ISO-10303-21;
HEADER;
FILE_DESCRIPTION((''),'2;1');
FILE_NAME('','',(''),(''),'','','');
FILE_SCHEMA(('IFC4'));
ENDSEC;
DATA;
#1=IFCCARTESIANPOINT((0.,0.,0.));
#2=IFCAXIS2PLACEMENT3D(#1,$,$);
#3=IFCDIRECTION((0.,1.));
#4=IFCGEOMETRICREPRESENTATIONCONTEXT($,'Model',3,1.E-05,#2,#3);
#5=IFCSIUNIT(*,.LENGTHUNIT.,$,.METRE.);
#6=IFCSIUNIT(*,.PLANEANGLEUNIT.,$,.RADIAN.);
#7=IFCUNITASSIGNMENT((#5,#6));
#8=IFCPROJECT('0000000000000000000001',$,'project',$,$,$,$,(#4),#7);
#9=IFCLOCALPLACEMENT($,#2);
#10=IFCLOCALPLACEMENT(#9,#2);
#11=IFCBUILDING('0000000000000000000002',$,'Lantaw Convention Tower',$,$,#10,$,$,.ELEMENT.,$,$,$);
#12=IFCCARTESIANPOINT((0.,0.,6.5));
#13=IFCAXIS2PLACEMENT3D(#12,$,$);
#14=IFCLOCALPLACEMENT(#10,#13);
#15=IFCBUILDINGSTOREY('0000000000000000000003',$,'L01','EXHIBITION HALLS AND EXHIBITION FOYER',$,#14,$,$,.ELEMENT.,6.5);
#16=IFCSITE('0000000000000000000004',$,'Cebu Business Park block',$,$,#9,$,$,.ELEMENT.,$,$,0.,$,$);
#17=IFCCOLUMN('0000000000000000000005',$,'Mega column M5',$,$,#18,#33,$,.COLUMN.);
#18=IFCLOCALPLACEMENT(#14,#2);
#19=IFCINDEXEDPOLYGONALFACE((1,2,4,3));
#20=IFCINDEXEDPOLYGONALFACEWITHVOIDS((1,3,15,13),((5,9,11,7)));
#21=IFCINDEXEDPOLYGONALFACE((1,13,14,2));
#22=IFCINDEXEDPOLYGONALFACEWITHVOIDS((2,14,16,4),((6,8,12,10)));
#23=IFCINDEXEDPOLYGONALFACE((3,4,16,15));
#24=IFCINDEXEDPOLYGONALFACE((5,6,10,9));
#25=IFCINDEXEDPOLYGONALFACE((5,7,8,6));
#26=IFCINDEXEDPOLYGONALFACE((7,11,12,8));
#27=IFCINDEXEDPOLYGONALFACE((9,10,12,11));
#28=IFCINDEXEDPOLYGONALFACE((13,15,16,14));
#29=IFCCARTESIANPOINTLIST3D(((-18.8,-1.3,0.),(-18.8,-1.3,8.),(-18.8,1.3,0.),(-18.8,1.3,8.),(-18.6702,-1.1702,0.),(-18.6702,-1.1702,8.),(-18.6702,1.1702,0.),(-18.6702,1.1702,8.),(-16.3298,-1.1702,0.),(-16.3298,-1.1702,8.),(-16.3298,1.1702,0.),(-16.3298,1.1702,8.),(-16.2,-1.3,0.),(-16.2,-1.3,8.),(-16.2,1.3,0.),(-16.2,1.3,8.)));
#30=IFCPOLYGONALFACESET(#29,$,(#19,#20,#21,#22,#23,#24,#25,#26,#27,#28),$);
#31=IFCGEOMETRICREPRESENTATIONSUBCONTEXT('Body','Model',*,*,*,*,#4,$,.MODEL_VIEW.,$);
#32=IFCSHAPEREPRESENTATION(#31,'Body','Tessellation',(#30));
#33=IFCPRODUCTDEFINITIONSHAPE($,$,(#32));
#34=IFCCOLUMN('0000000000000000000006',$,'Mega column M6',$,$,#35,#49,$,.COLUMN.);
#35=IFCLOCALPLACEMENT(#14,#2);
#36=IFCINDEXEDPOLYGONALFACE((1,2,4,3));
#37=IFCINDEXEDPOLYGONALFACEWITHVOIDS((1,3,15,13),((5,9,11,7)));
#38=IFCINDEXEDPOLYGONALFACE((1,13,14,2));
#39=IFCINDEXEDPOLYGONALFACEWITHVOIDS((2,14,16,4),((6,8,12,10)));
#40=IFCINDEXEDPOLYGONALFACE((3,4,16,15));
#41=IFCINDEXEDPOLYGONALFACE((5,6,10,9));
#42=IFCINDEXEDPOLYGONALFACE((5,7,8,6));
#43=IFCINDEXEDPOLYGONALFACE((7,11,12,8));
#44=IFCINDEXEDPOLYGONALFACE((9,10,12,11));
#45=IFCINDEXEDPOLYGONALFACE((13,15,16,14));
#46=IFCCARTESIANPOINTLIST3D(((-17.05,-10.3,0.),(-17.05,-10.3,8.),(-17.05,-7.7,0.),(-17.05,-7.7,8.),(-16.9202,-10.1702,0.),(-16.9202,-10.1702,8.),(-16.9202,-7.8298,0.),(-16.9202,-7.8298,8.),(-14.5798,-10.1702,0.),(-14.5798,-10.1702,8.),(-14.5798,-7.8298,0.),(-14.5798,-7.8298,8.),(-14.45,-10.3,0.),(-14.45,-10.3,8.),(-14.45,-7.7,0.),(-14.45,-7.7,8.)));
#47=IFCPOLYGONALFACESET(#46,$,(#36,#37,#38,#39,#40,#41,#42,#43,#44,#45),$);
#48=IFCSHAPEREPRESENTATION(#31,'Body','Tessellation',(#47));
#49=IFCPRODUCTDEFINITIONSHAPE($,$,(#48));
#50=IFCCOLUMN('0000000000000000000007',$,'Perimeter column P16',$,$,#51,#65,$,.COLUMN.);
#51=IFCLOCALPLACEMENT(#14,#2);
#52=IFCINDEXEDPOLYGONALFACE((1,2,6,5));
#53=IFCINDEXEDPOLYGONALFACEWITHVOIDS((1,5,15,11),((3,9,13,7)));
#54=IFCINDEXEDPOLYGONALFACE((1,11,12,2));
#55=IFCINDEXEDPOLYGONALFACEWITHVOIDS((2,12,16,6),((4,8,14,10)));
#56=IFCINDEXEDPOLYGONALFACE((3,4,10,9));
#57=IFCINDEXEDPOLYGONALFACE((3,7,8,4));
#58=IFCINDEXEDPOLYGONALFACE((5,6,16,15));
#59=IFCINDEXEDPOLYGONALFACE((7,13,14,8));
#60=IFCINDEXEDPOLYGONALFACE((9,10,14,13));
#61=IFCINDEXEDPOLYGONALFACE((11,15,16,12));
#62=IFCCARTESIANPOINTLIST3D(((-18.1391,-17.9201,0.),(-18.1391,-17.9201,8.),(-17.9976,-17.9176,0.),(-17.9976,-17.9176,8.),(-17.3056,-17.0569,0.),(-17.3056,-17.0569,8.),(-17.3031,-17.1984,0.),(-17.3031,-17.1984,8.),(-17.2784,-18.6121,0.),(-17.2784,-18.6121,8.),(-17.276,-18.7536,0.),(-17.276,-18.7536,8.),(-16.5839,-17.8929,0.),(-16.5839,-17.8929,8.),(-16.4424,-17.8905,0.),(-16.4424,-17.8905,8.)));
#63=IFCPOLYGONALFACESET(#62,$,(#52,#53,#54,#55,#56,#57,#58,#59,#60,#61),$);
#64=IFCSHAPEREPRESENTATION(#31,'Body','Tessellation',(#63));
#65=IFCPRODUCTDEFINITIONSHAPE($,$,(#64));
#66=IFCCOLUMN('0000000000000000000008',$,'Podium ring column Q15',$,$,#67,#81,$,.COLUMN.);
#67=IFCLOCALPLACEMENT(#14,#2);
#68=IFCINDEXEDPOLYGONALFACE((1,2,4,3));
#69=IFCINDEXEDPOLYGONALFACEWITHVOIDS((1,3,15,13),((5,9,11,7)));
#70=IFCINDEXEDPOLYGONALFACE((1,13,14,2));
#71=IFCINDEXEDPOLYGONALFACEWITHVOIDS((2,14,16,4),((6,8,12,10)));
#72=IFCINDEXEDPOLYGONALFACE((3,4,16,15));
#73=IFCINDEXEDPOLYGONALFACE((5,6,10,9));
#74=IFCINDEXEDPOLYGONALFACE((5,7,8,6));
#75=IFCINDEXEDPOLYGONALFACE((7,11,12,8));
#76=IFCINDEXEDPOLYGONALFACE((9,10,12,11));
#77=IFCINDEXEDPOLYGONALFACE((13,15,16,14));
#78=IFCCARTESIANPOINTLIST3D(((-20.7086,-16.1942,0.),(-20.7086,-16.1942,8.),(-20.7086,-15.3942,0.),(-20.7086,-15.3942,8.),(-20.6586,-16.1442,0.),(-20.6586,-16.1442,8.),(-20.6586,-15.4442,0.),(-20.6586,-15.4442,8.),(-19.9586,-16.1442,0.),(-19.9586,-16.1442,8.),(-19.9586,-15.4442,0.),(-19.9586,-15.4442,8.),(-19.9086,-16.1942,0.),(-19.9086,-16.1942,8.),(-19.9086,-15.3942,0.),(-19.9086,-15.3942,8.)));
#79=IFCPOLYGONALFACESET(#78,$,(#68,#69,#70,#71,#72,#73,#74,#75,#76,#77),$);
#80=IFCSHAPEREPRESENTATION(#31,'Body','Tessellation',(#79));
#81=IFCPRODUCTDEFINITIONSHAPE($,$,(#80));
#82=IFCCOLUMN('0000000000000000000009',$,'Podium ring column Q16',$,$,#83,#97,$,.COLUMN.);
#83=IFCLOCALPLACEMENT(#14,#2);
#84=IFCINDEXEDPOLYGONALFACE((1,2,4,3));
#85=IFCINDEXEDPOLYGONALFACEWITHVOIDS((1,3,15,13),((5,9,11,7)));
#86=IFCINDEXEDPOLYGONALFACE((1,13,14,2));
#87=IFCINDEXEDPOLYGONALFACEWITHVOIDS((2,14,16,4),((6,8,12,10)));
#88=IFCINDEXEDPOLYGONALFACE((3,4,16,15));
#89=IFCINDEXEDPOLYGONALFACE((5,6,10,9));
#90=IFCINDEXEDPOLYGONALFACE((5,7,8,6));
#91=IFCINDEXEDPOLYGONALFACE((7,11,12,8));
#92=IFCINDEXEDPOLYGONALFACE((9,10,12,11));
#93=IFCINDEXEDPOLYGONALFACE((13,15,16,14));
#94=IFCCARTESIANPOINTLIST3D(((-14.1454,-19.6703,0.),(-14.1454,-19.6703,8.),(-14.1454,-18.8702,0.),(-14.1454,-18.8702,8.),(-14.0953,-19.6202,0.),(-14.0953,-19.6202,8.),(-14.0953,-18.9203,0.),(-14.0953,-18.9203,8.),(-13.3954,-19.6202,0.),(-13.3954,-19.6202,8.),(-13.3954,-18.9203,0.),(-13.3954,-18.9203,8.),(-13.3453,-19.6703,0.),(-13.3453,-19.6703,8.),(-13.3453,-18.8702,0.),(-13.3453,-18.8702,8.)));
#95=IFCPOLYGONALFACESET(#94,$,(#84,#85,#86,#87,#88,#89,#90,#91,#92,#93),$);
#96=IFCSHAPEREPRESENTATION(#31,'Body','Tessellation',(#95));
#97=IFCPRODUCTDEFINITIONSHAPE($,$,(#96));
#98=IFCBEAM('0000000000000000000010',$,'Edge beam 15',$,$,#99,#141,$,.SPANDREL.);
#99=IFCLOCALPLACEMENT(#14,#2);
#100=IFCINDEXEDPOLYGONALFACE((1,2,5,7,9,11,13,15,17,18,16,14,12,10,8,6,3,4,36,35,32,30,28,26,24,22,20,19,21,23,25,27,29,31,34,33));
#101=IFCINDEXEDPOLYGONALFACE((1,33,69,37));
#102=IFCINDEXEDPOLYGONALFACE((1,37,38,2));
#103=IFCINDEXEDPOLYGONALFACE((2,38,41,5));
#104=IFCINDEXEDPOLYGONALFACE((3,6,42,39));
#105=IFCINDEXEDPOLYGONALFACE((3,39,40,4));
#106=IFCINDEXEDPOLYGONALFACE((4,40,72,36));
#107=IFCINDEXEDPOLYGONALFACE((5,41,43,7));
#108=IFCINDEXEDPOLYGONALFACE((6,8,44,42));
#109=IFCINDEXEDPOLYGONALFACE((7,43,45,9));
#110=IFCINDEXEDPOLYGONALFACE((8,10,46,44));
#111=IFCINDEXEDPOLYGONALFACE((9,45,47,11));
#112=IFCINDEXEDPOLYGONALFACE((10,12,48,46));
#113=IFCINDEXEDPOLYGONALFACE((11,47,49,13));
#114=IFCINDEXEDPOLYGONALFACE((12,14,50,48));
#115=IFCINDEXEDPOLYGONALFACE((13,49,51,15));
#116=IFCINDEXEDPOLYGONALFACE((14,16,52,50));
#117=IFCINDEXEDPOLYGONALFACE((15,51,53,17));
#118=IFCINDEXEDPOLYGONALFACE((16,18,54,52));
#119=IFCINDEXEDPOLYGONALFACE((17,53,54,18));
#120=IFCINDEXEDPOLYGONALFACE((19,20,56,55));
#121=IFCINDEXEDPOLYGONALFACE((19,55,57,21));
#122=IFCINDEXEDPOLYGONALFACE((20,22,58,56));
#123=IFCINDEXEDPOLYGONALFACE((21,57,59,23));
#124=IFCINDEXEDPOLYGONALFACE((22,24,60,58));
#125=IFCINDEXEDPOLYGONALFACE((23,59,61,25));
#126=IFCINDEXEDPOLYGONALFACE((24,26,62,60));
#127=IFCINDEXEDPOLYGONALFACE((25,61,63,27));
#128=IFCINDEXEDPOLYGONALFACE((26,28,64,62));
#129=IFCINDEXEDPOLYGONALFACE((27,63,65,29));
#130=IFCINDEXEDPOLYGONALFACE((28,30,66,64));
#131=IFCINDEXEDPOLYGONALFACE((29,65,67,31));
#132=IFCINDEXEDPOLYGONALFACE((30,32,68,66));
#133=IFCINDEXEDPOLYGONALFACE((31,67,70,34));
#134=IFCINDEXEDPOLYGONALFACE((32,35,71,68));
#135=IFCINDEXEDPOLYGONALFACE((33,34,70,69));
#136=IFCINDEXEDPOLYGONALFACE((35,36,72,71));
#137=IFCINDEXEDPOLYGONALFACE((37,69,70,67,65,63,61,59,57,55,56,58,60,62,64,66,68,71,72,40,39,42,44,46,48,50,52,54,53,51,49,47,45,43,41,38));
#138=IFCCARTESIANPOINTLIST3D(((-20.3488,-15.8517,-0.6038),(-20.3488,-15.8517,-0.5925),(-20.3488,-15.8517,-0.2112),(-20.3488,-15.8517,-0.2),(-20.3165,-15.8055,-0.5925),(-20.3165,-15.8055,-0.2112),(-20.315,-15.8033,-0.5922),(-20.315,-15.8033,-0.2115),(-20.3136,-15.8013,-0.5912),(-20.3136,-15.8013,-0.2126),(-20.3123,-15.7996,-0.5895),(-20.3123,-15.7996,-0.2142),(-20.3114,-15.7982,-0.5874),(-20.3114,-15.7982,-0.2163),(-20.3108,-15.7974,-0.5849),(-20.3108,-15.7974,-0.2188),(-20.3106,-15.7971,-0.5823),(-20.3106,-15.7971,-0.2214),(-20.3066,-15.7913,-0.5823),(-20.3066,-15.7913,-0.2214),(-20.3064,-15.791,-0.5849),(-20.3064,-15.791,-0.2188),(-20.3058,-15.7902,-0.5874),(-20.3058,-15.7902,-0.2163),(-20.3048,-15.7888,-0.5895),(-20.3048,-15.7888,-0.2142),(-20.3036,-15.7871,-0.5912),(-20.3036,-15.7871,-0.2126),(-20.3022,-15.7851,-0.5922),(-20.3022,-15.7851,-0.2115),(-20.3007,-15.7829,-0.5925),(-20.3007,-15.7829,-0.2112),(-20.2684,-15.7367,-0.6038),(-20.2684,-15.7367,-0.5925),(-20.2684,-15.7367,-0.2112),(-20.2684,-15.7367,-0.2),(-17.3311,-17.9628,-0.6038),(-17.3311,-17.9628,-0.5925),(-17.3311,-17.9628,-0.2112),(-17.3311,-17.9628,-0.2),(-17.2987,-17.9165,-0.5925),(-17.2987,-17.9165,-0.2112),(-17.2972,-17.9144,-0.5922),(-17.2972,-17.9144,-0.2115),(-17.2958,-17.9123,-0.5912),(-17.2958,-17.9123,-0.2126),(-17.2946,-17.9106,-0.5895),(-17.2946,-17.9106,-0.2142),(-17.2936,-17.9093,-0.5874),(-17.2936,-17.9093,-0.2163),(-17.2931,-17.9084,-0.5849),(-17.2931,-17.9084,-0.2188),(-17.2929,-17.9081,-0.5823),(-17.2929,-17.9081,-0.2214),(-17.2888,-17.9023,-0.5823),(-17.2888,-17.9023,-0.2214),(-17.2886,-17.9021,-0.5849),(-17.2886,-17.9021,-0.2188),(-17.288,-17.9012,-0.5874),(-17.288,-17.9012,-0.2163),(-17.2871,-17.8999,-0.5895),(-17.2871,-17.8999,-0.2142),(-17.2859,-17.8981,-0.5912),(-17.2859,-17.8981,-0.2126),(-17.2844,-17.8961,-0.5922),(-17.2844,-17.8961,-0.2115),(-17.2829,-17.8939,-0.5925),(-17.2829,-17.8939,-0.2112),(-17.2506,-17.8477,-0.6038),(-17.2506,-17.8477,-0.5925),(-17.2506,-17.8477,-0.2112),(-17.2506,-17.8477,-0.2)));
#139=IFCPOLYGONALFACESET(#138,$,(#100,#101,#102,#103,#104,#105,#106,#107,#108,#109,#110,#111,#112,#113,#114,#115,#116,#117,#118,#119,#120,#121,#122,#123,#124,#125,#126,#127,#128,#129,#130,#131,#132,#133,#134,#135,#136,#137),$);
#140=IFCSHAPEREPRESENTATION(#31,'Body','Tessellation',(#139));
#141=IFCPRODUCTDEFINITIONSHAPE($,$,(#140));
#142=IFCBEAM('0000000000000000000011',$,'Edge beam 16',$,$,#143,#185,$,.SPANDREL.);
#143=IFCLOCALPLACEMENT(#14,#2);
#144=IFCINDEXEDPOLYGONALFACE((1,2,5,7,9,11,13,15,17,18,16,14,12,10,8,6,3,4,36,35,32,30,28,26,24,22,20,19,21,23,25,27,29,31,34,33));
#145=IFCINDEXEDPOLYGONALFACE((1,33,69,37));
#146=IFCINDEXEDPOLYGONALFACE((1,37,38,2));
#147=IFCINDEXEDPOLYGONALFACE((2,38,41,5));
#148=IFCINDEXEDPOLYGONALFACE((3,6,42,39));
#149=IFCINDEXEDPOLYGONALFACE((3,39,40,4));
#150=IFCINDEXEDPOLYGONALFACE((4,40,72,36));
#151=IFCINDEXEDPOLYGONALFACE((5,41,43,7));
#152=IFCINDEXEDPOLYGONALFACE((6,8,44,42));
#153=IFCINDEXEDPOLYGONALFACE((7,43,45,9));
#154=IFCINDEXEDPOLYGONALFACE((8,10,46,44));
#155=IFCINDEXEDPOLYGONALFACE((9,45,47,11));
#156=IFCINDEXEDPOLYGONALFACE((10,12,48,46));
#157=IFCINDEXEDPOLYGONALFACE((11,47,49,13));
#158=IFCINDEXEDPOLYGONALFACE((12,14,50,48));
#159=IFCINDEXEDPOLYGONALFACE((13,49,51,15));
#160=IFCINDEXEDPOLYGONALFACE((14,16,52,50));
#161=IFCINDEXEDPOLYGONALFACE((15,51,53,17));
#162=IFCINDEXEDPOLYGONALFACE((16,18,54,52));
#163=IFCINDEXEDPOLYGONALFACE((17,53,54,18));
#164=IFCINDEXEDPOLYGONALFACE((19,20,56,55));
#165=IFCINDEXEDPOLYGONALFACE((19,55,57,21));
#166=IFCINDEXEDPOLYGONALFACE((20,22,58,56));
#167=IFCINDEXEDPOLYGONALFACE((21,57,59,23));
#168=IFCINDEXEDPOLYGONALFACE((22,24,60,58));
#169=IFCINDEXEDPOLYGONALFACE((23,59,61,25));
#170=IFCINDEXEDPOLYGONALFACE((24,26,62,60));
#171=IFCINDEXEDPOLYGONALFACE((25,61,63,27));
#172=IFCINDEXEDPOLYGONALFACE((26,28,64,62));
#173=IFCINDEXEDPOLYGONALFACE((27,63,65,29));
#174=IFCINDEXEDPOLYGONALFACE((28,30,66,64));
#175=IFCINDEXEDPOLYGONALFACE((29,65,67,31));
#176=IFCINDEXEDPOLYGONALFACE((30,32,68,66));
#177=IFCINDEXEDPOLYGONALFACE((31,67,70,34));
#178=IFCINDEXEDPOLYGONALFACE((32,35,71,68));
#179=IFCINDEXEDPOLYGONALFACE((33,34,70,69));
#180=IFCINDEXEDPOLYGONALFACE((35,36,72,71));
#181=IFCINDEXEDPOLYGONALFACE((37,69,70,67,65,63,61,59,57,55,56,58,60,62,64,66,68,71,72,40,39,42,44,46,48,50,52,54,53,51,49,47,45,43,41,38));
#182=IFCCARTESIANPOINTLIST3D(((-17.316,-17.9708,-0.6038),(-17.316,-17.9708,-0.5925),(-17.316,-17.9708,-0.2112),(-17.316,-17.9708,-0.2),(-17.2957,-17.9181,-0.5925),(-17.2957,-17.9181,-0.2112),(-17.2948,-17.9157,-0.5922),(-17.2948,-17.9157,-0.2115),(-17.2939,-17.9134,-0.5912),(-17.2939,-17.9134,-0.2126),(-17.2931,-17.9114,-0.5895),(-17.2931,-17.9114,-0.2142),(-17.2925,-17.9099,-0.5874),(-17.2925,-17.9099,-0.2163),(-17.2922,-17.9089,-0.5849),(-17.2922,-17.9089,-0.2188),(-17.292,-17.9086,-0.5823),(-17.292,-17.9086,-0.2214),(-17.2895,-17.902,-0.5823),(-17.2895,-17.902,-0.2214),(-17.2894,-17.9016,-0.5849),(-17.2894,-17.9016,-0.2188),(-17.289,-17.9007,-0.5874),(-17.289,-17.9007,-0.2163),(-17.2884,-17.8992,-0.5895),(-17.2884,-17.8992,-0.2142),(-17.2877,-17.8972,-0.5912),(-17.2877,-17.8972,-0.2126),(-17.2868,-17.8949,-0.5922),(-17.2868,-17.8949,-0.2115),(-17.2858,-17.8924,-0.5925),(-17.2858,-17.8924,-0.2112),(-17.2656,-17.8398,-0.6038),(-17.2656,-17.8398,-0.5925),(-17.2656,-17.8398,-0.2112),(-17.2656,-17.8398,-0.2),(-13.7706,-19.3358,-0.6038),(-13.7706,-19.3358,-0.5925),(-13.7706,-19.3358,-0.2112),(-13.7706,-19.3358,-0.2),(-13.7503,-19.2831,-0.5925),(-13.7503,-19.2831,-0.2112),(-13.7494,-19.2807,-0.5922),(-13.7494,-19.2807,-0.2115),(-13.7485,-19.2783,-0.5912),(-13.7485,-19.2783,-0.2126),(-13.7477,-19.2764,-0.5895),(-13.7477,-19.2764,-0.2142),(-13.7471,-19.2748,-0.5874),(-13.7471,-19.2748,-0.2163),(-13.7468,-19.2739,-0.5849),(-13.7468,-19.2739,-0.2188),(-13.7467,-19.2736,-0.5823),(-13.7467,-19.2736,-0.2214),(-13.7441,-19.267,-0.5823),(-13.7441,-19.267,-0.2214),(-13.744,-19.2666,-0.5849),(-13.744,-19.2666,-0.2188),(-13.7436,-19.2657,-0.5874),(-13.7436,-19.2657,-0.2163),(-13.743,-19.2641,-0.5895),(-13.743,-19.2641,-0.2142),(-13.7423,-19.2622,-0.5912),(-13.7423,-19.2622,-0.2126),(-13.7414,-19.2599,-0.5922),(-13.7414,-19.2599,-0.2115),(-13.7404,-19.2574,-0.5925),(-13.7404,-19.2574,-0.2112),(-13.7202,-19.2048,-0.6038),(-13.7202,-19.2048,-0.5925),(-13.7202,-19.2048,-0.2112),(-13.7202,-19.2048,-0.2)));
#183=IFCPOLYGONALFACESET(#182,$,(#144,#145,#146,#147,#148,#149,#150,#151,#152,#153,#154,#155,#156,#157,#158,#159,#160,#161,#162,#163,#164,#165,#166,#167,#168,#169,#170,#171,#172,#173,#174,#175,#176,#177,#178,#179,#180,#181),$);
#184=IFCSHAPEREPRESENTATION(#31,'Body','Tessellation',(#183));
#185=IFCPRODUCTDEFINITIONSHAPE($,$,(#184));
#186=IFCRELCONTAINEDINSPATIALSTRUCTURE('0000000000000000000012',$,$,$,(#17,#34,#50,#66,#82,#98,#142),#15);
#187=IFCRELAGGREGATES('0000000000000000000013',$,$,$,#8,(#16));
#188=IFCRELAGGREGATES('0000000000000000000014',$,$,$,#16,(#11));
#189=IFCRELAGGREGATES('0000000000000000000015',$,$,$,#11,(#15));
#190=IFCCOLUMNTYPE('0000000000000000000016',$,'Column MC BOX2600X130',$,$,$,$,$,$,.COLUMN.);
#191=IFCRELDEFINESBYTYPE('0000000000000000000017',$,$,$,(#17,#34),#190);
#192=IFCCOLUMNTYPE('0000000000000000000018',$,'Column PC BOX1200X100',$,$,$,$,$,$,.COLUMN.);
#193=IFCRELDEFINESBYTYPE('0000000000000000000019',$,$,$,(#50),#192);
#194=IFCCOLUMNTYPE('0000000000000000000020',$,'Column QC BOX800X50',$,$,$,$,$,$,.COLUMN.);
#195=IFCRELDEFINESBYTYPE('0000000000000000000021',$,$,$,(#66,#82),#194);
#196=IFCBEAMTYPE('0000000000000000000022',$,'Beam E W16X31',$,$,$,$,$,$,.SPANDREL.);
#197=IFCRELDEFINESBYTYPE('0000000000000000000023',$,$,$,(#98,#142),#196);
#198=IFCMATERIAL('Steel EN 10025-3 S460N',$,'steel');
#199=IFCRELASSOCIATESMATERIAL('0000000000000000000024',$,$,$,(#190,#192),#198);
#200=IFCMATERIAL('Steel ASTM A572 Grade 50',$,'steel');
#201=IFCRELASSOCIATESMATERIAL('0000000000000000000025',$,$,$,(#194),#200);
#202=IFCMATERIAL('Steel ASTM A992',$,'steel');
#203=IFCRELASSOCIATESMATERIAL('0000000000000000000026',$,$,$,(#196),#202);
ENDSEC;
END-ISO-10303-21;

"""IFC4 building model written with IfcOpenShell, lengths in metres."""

from ifc_helpers import new_model, si_unit, direction, frame, origin, origin_2d, place, context, subcontext, project, spatial, rectangle, hollow_rectangle, i_section, extrude, material, material_profile, profile_set, type_object, element, save


model = new_model("IFC4")

# Units and contexts
model_context = context("Model", 3, precision=1e-05, world=origin(), true_north=direction((0.0, 1.0)))
body_context = subcontext(model_context, "Body", "Model", "MODEL_VIEW")
ifc_project = project(units=[si_unit("LENGTHUNIT", "METRE"), si_unit("PLANEANGLEUNIT", "RADIAN")], contexts=[model_context])

# Site, building, storey
site_placement = place(None, origin())
site = spatial("IfcSite", under=ifc_project, at=site_placement, Name="Cebu Business Park block", CompositionType="ELEMENT", RefElevation=0.0)
building_placement = place(site_placement, origin())
building = spatial("IfcBuilding", under=site, at=building_placement, Name="Lantaw Convention Tower", CompositionType="ELEMENT")
storey_placement = place(building_placement, frame((0.0, 0.0, 6.5)))
storey = spatial("IfcBuildingStorey", under=building, at=storey_placement, Name="L01", Description="EXHIBITION HALLS AND EXHIBITION FOYER", CompositionType="ELEMENT", Elevation=6.5)

# Columns
ifc_material_1 = material(Name="Steel EN 10025-3 S460N", Category="steel")
ifc_material_profile_1 = material_profile(ifc_material_1, hollow_rectangle(XDim=2.6001, YDim=2.6001, WallThickness=0.1299, at=origin_2d()), Name="BOX2600X130")
ifc_material_2 = material(Name="Concrete C60/75", Category="concrete")
ifc_material_profile_2 = material_profile(ifc_material_2, rectangle(XDim=2.3401, YDim=2.3401, at=origin_2d()), Name="Concrete fill of BOX2600X130")
ifc_profile_set_1 = profile_set([ifc_material_profile_1, ifc_material_profile_2], Name="Steel EN 10025-3 S460N")
column_type_1 = type_object("IfcColumnType", Name="Column MC BOX2600X130", PredefinedType="COLUMN", material=ifc_profile_set_1)
for number, where, z_axis, x_axis, name in (
    (1, (-17.5, 0.0, 0.0), (0.0, 0.0, 1.0), (1.0, 0.0, 0.0), "Mega column M5"),
    (2, (-15.75, -9.0, 0.0), (0.0, 0.0, 1.0), (1.0, 0.0, 0.0), "Mega column M6"),
):
    element("IfcColumn", number, at=place(storey_placement, frame(where, z_axis=z_axis, x_axis=x_axis)), inside=storey, type_object=column_type_1, Name=name, PredefinedType="COLUMN", context=body_context, shape_type="SweptSolid", body=[
        extrude(hollow_rectangle(XDim=2.6001, YDim=2.6001, WallThickness=0.1299, at=origin_2d()), origin(), (0.0, 0.0, 1.0), 8.0),
    ])
ifc_material_profile_3 = material_profile(ifc_material_1, hollow_rectangle(XDim=1.2, YDim=1.2, WallThickness=0.1001, at=origin_2d()), Name="BOX1200X100")
ifc_material_profile_4 = material_profile(ifc_material_2, rectangle(XDim=1.0, YDim=1.0, at=origin_2d()), Name="Concrete fill of BOX1200X100")
ifc_profile_set_2 = profile_set([ifc_material_profile_3, ifc_material_profile_4], Name="Steel EN 10025-3 S460N")
column_type_2 = type_object("IfcColumnType", Name="Column PC BOX1200X100", PredefinedType="COLUMN", material=ifc_profile_set_2)
column_placement = place(storey_placement, frame((-17.2908, -17.9053, 0.0), z_axis=(0.0, 0.0, 1.0), x_axis=(0.694658, 0.71934, 0.0)))
element("IfcColumn", 3, at=column_placement, inside=storey, type_object=column_type_2, Name="Perimeter column P16", PredefinedType="COLUMN", context=body_context, shape_type="SweptSolid", body=[
    extrude(hollow_rectangle(XDim=1.2, YDim=1.2, WallThickness=0.1001, at=origin_2d()), origin(), (0.0, 0.0, 1.0), 8.0),
])
ifc_material_3 = material(Name="Steel ASTM A572 Grade 50", Category="steel")
ifc_material_profile_5 = material_profile(ifc_material_3, hollow_rectangle(XDim=0.8, YDim=0.8, WallThickness=0.05, at=origin_2d()), Name="BOX800X50")
ifc_profile_set_3 = profile_set([ifc_material_profile_5], Name="Steel ASTM A572 Grade 50")
column_type_3 = type_object("IfcColumnType", Name="Column QC BOX800X50", PredefinedType="COLUMN", material=ifc_profile_set_3)
for number, where, z_axis, x_axis, name in (
    (4, (-20.3086, -15.7942, 0.0), (0.0, 0.0, 1.0), (1.0, 0.0, 0.0), "Podium ring column Q15"),
    (5, (-13.7454, -19.2703, 0.0), (0.0, 0.0, 1.0), (1.0, 0.0, 0.0), "Podium ring column Q16"),
):
    element("IfcColumn", number, at=place(storey_placement, frame(where, z_axis=z_axis, x_axis=x_axis)), inside=storey, type_object=column_type_3, Name=name, PredefinedType="COLUMN", context=body_context, shape_type="SweptSolid", body=[
        extrude(hollow_rectangle(XDim=0.8, YDim=0.8, WallThickness=0.05, at=origin_2d()), origin(), (0.0, 0.0, 1.0), 8.0),
    ])

# Beams
ifc_material_4 = material(Name="Steel ASTM A992", Category="steel")
ifc_material_profile_6 = material_profile(ifc_material_4, i_section(OverallWidth=0.1404, OverallDepth=0.4038, WebThickness=0.0071, FlangeThickness=0.0112, FilletRadius=0.0103, at=origin_2d()), Name="W16X31")
ifc_profile_set_4 = profile_set([ifc_material_profile_6], Name="Steel ASTM A992")
beam_type_1 = type_object("IfcBeamType", Name="Beam E W16X31", PredefinedType="SPANDREL", material=ifc_profile_set_4)
beam_1_placement = place(storey_placement, frame((-20.3086, -15.7942, -0.4019), z_axis=(0.819409, -0.573209, 0.0), x_axis=(0.573209, 0.819409, 0.0)))
element("IfcBeam", 6, at=beam_1_placement, inside=storey, type_object=beam_type_1, Name="Edge beam 15", PredefinedType="SPANDREL", context=body_context, shape_type="SweptSolid", body=[
    extrude(i_section(OverallWidth=0.1404, OverallDepth=0.4038, WebThickness=0.0071, FlangeThickness=0.0112, FilletRadius=0.0103, at=origin_2d()), origin(), (0.0, 0.0, 1.0), 3.6829),
])
beam_2_placement = place(storey_placement, frame((-17.2908, -17.9053, -0.4019), z_axis=(0.933225, -0.359293, 0.0), x_axis=(0.359293, 0.933225, 0.0)))
element("IfcBeam", 7, at=beam_2_placement, inside=storey, type_object=beam_type_1, Name="Edge beam 16", PredefinedType="SPANDREL", context=body_context, shape_type="SweptSolid", body=[
    extrude(i_section(OverallWidth=0.1404, OverallDepth=0.4038, WebThickness=0.0071, FlangeThickness=0.0112, FilletRadius=0.0103, at=origin_2d()), origin(), (0.0, 0.0, 1.0), 3.7991),
])

save(model, "model.ifc")
